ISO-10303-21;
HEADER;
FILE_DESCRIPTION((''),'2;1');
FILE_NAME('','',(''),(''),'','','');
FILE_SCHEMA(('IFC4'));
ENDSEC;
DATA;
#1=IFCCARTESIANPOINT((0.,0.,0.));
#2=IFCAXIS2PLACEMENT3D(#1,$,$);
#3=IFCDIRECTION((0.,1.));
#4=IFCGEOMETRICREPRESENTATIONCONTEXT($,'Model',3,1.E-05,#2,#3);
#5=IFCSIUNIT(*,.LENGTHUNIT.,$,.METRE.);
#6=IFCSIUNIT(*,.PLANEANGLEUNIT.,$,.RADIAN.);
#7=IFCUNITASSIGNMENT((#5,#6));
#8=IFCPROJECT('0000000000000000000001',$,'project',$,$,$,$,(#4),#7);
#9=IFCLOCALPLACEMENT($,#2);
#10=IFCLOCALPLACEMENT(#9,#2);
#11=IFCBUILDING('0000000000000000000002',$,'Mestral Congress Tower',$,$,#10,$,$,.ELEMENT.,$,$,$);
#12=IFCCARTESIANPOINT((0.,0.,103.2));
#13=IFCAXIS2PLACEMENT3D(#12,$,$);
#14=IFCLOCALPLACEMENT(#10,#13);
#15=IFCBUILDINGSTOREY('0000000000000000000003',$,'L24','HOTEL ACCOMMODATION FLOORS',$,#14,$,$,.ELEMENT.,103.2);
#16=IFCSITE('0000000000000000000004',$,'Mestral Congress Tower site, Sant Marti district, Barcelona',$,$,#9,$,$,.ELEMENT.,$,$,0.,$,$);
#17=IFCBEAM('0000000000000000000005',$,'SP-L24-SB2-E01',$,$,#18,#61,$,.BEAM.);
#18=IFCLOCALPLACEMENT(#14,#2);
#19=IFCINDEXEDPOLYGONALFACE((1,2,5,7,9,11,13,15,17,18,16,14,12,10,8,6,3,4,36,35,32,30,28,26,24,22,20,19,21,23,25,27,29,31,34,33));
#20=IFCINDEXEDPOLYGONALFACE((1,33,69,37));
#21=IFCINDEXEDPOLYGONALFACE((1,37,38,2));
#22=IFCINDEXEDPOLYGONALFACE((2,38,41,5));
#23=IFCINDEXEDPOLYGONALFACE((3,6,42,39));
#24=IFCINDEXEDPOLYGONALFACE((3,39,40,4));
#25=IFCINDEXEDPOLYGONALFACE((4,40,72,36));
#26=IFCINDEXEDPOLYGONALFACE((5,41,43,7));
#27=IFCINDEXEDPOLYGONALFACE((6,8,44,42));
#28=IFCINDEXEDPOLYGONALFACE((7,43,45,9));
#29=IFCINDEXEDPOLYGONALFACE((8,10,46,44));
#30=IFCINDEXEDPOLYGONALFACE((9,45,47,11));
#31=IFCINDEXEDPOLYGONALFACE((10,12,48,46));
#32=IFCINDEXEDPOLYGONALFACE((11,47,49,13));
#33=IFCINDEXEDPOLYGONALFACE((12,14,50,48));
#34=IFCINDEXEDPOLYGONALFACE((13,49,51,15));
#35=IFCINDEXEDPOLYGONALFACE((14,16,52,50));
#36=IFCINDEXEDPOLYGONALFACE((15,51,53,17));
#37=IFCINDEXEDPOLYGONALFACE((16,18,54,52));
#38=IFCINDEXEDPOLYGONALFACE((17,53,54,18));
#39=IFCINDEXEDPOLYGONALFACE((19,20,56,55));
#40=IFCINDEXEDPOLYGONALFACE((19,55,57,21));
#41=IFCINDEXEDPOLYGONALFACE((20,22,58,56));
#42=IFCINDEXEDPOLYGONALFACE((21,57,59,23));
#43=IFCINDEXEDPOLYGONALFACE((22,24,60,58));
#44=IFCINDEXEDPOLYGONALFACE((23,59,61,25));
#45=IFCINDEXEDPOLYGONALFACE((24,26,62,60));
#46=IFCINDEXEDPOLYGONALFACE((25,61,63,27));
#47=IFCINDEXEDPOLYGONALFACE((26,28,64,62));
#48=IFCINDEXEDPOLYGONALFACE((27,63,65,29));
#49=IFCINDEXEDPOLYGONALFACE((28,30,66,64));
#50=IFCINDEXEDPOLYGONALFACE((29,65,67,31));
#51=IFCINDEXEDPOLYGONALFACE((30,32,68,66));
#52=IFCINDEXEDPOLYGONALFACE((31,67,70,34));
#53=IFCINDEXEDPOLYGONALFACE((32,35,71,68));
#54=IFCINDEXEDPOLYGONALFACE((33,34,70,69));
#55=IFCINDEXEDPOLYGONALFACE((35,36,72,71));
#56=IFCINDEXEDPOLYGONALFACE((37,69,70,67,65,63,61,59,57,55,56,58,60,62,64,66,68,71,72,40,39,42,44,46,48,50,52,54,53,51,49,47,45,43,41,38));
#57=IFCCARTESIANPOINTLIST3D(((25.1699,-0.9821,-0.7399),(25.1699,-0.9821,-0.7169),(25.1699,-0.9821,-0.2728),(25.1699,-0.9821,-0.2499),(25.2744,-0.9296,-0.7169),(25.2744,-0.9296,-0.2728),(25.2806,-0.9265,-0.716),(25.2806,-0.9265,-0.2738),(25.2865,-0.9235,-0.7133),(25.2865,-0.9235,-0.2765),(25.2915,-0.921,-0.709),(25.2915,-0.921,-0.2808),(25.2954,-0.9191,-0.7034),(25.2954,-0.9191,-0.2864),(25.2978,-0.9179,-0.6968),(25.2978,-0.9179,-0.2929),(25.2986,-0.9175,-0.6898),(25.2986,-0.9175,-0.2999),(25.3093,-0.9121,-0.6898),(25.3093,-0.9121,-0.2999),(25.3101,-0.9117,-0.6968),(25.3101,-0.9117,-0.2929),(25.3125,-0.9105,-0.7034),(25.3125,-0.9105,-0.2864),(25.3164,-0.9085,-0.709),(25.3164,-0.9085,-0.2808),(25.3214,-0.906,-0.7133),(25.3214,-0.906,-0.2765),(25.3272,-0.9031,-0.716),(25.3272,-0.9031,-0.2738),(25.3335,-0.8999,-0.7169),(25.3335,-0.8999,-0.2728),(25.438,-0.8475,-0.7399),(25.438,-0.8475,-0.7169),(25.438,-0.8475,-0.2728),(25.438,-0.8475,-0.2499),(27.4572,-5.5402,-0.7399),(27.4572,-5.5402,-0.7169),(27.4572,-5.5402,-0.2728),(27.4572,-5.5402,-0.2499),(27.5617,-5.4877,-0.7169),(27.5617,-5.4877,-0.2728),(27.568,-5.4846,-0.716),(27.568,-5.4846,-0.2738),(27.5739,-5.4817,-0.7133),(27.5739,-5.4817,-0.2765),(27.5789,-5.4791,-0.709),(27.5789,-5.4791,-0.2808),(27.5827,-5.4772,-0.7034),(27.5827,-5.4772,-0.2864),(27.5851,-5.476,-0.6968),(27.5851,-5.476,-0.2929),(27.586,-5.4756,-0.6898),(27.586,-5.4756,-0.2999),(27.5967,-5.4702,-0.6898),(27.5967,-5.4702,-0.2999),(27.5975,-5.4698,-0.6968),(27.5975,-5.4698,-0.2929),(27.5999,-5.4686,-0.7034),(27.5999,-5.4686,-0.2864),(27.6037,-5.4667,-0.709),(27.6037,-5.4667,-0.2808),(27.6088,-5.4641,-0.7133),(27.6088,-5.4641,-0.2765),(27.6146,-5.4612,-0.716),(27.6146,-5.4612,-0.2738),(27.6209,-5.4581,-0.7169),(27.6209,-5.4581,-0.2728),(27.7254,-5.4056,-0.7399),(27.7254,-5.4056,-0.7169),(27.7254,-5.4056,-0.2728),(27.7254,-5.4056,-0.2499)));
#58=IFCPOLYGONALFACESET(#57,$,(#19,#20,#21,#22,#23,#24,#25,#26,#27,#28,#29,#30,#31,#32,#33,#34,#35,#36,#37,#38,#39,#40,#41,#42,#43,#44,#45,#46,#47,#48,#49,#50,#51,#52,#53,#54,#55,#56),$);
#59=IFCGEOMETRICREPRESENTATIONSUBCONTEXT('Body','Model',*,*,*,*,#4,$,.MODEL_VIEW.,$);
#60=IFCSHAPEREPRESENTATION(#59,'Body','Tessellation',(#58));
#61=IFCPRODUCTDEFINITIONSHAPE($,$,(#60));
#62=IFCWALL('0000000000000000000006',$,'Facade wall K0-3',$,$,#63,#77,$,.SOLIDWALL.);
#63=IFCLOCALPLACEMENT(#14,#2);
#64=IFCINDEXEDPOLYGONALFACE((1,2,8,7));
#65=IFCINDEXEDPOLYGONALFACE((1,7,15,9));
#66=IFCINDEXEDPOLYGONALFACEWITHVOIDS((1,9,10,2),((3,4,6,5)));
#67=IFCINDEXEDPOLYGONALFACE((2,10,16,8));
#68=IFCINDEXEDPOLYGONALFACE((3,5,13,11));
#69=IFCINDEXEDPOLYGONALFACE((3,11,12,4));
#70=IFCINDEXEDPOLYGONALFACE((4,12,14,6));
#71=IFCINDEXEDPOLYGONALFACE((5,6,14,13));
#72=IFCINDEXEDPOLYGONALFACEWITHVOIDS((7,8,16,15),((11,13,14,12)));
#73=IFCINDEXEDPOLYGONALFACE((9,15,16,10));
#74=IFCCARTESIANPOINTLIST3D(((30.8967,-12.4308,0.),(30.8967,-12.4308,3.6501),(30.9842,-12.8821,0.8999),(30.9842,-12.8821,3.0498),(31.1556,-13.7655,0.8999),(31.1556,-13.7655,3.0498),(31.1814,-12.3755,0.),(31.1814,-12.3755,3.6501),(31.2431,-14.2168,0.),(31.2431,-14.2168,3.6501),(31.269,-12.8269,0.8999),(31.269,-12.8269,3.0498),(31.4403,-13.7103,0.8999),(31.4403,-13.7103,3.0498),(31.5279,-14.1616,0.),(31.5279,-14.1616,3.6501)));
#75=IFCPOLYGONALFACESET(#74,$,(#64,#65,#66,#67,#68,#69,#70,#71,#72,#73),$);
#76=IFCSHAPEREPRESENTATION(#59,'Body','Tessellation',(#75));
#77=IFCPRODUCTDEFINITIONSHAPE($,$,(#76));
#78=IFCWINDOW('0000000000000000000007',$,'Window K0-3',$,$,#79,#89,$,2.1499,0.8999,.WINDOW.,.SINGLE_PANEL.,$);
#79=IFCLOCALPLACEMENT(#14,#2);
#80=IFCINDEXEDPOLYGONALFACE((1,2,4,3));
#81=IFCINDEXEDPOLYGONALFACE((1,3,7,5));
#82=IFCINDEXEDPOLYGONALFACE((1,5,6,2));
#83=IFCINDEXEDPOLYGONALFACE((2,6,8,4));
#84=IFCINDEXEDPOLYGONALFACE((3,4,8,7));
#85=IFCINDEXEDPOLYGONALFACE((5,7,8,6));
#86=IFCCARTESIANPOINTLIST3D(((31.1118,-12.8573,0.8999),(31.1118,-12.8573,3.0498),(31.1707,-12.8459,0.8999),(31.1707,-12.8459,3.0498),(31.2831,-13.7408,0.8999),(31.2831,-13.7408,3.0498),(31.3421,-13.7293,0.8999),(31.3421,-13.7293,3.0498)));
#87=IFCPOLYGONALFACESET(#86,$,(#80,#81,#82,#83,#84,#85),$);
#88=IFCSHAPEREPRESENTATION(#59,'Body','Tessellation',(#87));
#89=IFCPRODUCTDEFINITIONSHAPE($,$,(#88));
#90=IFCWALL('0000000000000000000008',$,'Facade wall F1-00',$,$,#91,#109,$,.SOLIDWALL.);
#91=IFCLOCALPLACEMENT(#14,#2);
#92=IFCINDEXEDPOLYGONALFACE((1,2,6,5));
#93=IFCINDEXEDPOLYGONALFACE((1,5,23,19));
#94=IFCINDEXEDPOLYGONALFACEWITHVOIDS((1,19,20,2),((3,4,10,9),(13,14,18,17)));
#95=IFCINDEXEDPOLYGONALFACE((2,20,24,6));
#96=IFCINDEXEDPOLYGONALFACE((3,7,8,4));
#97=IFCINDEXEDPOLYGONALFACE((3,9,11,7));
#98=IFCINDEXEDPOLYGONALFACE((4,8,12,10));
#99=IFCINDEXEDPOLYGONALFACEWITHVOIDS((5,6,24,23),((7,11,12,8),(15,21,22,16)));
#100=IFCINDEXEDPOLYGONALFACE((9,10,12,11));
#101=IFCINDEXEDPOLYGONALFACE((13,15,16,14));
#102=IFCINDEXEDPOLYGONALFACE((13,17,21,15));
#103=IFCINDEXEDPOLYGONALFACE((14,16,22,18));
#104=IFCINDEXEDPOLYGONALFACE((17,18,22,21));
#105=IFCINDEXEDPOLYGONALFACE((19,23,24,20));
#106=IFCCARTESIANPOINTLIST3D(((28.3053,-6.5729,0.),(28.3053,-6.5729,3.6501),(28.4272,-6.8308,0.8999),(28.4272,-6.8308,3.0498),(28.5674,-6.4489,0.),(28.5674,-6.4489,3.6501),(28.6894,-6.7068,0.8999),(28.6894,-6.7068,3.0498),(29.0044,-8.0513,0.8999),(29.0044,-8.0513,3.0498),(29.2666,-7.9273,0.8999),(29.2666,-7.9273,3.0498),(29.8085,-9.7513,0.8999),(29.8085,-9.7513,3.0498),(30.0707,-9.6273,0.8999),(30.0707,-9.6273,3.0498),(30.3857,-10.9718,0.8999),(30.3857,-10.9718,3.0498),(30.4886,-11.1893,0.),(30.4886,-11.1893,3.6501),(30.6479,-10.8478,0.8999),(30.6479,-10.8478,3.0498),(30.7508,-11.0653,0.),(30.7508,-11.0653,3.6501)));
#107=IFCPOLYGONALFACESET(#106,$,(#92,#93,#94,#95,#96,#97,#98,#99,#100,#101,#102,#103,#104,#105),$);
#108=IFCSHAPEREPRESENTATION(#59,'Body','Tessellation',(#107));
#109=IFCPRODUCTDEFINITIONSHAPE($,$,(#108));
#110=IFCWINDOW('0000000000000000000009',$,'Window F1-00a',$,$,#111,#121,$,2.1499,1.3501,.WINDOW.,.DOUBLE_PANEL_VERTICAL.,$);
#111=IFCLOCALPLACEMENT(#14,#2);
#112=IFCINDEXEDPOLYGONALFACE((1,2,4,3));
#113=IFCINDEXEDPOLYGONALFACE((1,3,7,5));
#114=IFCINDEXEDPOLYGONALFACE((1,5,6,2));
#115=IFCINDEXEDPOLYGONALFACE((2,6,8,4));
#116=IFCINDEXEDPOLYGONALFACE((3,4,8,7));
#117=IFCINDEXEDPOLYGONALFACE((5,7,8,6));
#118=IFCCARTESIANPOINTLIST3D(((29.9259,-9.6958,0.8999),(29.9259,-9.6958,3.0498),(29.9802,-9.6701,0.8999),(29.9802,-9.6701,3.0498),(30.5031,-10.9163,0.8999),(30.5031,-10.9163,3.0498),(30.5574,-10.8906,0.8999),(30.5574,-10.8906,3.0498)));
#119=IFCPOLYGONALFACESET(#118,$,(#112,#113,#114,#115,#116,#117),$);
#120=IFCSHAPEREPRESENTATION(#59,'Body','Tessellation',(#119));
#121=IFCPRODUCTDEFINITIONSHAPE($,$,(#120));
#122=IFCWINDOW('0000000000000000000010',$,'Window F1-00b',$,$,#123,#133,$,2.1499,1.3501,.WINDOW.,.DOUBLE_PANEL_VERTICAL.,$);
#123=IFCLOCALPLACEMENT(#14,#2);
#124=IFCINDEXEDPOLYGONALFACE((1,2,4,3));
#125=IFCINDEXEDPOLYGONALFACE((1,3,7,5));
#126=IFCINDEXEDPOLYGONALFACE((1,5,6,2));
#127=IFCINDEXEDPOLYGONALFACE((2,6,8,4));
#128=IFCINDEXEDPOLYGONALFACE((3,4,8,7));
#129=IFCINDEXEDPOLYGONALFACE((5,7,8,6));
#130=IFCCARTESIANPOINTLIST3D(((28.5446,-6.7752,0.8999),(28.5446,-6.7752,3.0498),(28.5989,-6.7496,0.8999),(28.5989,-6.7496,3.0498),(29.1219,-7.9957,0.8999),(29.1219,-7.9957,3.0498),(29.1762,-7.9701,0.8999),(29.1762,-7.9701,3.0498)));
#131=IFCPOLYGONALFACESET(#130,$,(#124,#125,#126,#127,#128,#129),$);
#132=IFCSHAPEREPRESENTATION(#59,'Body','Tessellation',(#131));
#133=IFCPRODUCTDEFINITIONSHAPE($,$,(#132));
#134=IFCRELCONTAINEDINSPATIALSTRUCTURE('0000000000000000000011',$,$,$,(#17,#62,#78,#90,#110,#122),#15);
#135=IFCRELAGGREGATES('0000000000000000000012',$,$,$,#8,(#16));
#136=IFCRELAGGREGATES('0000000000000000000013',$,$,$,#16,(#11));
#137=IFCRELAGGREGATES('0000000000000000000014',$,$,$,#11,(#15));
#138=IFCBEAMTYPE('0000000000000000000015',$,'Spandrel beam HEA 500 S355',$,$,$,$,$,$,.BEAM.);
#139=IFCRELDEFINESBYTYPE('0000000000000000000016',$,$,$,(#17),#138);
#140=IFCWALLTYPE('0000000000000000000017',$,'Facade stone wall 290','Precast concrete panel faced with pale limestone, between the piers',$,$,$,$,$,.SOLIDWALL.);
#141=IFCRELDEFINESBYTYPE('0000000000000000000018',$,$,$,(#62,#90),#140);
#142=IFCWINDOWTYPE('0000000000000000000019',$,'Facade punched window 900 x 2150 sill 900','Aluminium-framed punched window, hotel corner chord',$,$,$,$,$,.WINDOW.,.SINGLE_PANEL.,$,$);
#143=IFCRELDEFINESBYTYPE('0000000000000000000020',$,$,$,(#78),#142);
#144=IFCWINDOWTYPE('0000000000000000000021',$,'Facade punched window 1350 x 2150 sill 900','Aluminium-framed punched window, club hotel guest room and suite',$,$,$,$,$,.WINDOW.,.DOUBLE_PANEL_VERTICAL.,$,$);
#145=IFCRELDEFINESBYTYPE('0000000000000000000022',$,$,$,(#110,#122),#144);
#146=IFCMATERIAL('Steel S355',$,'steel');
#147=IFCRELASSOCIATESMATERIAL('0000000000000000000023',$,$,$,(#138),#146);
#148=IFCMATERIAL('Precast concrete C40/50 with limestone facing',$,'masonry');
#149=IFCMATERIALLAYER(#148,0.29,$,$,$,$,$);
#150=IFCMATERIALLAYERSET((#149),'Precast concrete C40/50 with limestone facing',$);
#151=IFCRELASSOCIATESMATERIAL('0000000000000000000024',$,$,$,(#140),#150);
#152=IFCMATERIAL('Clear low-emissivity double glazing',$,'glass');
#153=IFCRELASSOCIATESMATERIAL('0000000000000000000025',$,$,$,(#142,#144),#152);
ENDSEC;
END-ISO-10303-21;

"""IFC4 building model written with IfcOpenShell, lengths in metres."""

from ifc_helpers import new_model, si_unit, direction, frame, frame_2d, origin, origin_2d, place, context, subcontext, project, spatial, rectangle, i_section, extrude, material, layer, layer_set, material_profile, profile_set, type_object, element, fill, save


model = new_model("IFC4")

# Units and contexts
model_context = context("Model", 3, precision=1e-05, world=origin(), true_north=direction((0.0, 1.0)))
body_context = subcontext(model_context, "Body", "Model", "MODEL_VIEW")
ifc_project = project(units=[si_unit("LENGTHUNIT", "METRE"), si_unit("PLANEANGLEUNIT", "RADIAN")], contexts=[model_context])

# Site, building, storey
site_placement = place(None, origin())
site = spatial("IfcSite", under=ifc_project, at=site_placement, Name="Mestral Congress Tower site, Sant Marti district, Barcelona", CompositionType="ELEMENT", RefElevation=0.0)
building_placement = place(site_placement, origin())
building = spatial("IfcBuilding", under=site, at=building_placement, Name="Mestral Congress Tower", CompositionType="ELEMENT")
storey_placement = place(building_placement, frame((0.0, 0.0, 103.2)))
storey = spatial("IfcBuildingStorey", under=building, at=storey_placement, Name="L24", Description="HOTEL ACCOMMODATION FLOORS", CompositionType="ELEMENT", Elevation=103.2)

# Beam
ifc_material_1 = material(Name="Steel S355", Category="steel")
ifc_material_profile_1 = material_profile(ifc_material_1, i_section(OverallWidth=0.3, OverallDepth=0.49, WebThickness=0.012, FlangeThickness=0.0229, FilletRadius=0.0271, at=origin_2d()), Name="HEA 500")
ifc_profile_set_1 = profile_set([ifc_material_profile_1], Name="Steel S355")
beam_type_1 = type_object("IfcBeamType", Name="Spandrel beam HEA 500 S355", PredefinedType="BEAM", material=ifc_profile_set_1)
beam_1_placement = place(storey_placement, frame((27.5913, -5.4729, -0.4949), z_axis=(-0.448515, 0.893775, 0.0), x_axis=(-0.893775, -0.448515, 0.0)))
element("IfcBeam", 1, at=beam_1_placement, inside=storey, type_object=beam_type_1, Name="SP-L24-SB2-E01", PredefinedType="BEAM", context=body_context, shape_type="SweptSolid", body=[
    extrude(i_section(OverallWidth=0.3, OverallDepth=0.49, WebThickness=0.012, FlangeThickness=0.0229, FilletRadius=0.0271, at=origin_2d()), origin(), (0.0, 0.0, 1.0), 5.0999),
])

# Wall, opening, window
ifc_material_2 = material(Name="Precast concrete C40/50 with limestone facing", Category="masonry")
ifc_layer_1 = layer(ifc_material_2, 0.29)
ifc_layer_set_1 = layer_set([ifc_layer_1], Name="Precast concrete C40/50 with limestone facing")
wall_type_1 = type_object("IfcWallType", Name="Facade stone wall 290", Description="Precast concrete panel faced with pale limestone, between the piers", PredefinedType="SOLIDWALL", material=ifc_layer_set_1)
wall_1_placement = place(storey_placement, frame((31.3855, -14.1892, 0.0), z_axis=(0.0, 0.0, 1.0), x_axis=(-0.19041, 0.981705, 0.0)))
wall_1 = element("IfcWall", 2, at=wall_1_placement, inside=storey, type_object=wall_type_1, Name="Facade wall K0-3", PredefinedType="SOLIDWALL", context=body_context, shape_type="SweptSolid", body=[
    extrude(rectangle(XDim=1.8193, YDim=0.29, at=frame_2d((0.9097, 0.0))), origin(), (0.0, 0.0, 1.0), 3.6501),
])
opening_1_placement = place(wall_1_placement, frame((0.4597, 0.0, 0.8999)))
opening_1 = element("IfcOpeningElement", 3, at=opening_1_placement, cuts=wall_1, PredefinedType="OPENING", context=body_context, shape_type="SweptSolid", body=[
    extrude(rectangle(XDim=0.8999, YDim=2.1499, at=frame_2d((0.45, 1.075))), frame((0.0, 0.155, 0.0), z_axis=(0.0, -1.0, 0.0), x_axis=(1.0, 0.0, 0.0)), (0.0, 0.0, 1.0), 0.3101),
])
ifc_material_3 = material(Name="Clear low-emissivity double glazing", Category="glass")
window_type_1 = type_object("IfcWindowType", Name="Facade punched window 900 x 2150 sill 900", Description="Aluminium-framed punched window, hotel corner chord", PartitioningType="SINGLE_PANEL", PredefinedType="WINDOW", material=ifc_material_3)
window_1_placement = place(opening_1_placement, origin())
window_1 = element("IfcWindow", 4, at=window_1_placement, inside=storey, type_object=window_type_1, Name="Window K0-3", OverallHeight=2.1499, OverallWidth=0.8999, PartitioningType="SINGLE_PANEL", PredefinedType="WINDOW", context=body_context, shape_type="SweptSolid", body=[
    extrude(rectangle(XDim=0.8999, YDim=2.1499, at=frame_2d((0.45, 1.075))), frame((0.0, 0.0151, 0.0), z_axis=(0.0, -1.0, 0.0), x_axis=(1.0, 0.0, 0.0)), (0.0, 0.0, 1.0), 0.0601),
])
fill(opening_1, window_1)

# Wall, openings, windows
wall_2_placement = place(storey_placement, frame((30.6196, -11.1272, 0.0), z_axis=(0.0, 0.0, 1.0), x_axis=(-0.427544, 0.903995, 0.0)))
wall_2 = element("IfcWall", 5, at=wall_2_placement, inside=storey, type_object=wall_type_1, Name="Facade wall F1-00", PredefinedType="SOLIDWALL", context=body_context, shape_type="SweptSolid", body=[
    extrude(rectangle(XDim=5.1067, YDim=0.29, at=frame_2d((2.5532, 0.0))), origin(), (0.0, 0.0, 1.0), 3.6501),
])
opening_2_placement = place(wall_2_placement, frame((0.2405, 0.0, 0.8999)))
opening_2 = element("IfcOpeningElement", 6, at=opening_2_placement, cuts=wall_2, PredefinedType="OPENING", context=body_context, shape_type="SweptSolid", body=[
    extrude(rectangle(XDim=1.3501, YDim=2.1499, at=frame_2d((0.675, 1.075))), frame((0.0, 0.155, 0.0), z_axis=(0.0, -1.0, 0.0), x_axis=(1.0, 0.0, 0.0)), (0.0, 0.0, 1.0), 0.3101),
])
opening_3_placement = place(wall_2_placement, frame((3.4712, 0.0, 0.8999)))
opening_3 = element("IfcOpeningElement", 7, at=opening_3_placement, cuts=wall_2, PredefinedType="OPENING", context=body_context, shape_type="SweptSolid", body=[
    extrude(rectangle(XDim=1.3501, YDim=2.1499, at=frame_2d((0.675, 1.075))), frame((0.0, 0.155, 0.0), z_axis=(0.0, -1.0, 0.0), x_axis=(1.0, 0.0, 0.0)), (0.0, 0.0, 1.0), 0.3101),
])
window_type_2 = type_object("IfcWindowType", Name="Facade punched window 1350 x 2150 sill 900", Description="Aluminium-framed punched window, club hotel guest room and suite", PartitioningType="DOUBLE_PANEL_VERTICAL", PredefinedType="WINDOW", material=ifc_material_3)
window_2_placement = place(opening_2_placement, origin())
window_2 = element("IfcWindow", 8, at=window_2_placement, inside=storey, type_object=window_type_2, Name="Window F1-00a", OverallHeight=2.1499, OverallWidth=1.3501, PartitioningType="DOUBLE_PANEL_VERTICAL", PredefinedType="WINDOW", context=body_context, shape_type="SweptSolid", body=[
    extrude(rectangle(XDim=1.3501, YDim=2.1499, at=frame_2d((0.675, 1.075))), frame((0.0, 0.0151, 0.0), z_axis=(0.0, -1.0, 0.0), x_axis=(1.0, 0.0, 0.0)), (0.0, 0.0, 1.0), 0.0601),
])
fill(opening_2, window_2)
window_3_placement = place(opening_3_placement, origin())
window_3 = element("IfcWindow", 9, at=window_3_placement, inside=storey, type_object=window_type_2, Name="Window F1-00b", OverallHeight=2.1499, OverallWidth=1.3501, PartitioningType="DOUBLE_PANEL_VERTICAL", PredefinedType="WINDOW", context=body_context, shape_type="SweptSolid", body=[
    extrude(rectangle(XDim=1.3501, YDim=2.1499, at=frame_2d((0.675, 1.075))), frame((0.0, 0.0151, 0.0), z_axis=(0.0, -1.0, 0.0), x_axis=(1.0, 0.0, 0.0)), (0.0, 0.0, 1.0), 0.0601),
])
fill(opening_3, window_3)

save(model, "model.ifc")
